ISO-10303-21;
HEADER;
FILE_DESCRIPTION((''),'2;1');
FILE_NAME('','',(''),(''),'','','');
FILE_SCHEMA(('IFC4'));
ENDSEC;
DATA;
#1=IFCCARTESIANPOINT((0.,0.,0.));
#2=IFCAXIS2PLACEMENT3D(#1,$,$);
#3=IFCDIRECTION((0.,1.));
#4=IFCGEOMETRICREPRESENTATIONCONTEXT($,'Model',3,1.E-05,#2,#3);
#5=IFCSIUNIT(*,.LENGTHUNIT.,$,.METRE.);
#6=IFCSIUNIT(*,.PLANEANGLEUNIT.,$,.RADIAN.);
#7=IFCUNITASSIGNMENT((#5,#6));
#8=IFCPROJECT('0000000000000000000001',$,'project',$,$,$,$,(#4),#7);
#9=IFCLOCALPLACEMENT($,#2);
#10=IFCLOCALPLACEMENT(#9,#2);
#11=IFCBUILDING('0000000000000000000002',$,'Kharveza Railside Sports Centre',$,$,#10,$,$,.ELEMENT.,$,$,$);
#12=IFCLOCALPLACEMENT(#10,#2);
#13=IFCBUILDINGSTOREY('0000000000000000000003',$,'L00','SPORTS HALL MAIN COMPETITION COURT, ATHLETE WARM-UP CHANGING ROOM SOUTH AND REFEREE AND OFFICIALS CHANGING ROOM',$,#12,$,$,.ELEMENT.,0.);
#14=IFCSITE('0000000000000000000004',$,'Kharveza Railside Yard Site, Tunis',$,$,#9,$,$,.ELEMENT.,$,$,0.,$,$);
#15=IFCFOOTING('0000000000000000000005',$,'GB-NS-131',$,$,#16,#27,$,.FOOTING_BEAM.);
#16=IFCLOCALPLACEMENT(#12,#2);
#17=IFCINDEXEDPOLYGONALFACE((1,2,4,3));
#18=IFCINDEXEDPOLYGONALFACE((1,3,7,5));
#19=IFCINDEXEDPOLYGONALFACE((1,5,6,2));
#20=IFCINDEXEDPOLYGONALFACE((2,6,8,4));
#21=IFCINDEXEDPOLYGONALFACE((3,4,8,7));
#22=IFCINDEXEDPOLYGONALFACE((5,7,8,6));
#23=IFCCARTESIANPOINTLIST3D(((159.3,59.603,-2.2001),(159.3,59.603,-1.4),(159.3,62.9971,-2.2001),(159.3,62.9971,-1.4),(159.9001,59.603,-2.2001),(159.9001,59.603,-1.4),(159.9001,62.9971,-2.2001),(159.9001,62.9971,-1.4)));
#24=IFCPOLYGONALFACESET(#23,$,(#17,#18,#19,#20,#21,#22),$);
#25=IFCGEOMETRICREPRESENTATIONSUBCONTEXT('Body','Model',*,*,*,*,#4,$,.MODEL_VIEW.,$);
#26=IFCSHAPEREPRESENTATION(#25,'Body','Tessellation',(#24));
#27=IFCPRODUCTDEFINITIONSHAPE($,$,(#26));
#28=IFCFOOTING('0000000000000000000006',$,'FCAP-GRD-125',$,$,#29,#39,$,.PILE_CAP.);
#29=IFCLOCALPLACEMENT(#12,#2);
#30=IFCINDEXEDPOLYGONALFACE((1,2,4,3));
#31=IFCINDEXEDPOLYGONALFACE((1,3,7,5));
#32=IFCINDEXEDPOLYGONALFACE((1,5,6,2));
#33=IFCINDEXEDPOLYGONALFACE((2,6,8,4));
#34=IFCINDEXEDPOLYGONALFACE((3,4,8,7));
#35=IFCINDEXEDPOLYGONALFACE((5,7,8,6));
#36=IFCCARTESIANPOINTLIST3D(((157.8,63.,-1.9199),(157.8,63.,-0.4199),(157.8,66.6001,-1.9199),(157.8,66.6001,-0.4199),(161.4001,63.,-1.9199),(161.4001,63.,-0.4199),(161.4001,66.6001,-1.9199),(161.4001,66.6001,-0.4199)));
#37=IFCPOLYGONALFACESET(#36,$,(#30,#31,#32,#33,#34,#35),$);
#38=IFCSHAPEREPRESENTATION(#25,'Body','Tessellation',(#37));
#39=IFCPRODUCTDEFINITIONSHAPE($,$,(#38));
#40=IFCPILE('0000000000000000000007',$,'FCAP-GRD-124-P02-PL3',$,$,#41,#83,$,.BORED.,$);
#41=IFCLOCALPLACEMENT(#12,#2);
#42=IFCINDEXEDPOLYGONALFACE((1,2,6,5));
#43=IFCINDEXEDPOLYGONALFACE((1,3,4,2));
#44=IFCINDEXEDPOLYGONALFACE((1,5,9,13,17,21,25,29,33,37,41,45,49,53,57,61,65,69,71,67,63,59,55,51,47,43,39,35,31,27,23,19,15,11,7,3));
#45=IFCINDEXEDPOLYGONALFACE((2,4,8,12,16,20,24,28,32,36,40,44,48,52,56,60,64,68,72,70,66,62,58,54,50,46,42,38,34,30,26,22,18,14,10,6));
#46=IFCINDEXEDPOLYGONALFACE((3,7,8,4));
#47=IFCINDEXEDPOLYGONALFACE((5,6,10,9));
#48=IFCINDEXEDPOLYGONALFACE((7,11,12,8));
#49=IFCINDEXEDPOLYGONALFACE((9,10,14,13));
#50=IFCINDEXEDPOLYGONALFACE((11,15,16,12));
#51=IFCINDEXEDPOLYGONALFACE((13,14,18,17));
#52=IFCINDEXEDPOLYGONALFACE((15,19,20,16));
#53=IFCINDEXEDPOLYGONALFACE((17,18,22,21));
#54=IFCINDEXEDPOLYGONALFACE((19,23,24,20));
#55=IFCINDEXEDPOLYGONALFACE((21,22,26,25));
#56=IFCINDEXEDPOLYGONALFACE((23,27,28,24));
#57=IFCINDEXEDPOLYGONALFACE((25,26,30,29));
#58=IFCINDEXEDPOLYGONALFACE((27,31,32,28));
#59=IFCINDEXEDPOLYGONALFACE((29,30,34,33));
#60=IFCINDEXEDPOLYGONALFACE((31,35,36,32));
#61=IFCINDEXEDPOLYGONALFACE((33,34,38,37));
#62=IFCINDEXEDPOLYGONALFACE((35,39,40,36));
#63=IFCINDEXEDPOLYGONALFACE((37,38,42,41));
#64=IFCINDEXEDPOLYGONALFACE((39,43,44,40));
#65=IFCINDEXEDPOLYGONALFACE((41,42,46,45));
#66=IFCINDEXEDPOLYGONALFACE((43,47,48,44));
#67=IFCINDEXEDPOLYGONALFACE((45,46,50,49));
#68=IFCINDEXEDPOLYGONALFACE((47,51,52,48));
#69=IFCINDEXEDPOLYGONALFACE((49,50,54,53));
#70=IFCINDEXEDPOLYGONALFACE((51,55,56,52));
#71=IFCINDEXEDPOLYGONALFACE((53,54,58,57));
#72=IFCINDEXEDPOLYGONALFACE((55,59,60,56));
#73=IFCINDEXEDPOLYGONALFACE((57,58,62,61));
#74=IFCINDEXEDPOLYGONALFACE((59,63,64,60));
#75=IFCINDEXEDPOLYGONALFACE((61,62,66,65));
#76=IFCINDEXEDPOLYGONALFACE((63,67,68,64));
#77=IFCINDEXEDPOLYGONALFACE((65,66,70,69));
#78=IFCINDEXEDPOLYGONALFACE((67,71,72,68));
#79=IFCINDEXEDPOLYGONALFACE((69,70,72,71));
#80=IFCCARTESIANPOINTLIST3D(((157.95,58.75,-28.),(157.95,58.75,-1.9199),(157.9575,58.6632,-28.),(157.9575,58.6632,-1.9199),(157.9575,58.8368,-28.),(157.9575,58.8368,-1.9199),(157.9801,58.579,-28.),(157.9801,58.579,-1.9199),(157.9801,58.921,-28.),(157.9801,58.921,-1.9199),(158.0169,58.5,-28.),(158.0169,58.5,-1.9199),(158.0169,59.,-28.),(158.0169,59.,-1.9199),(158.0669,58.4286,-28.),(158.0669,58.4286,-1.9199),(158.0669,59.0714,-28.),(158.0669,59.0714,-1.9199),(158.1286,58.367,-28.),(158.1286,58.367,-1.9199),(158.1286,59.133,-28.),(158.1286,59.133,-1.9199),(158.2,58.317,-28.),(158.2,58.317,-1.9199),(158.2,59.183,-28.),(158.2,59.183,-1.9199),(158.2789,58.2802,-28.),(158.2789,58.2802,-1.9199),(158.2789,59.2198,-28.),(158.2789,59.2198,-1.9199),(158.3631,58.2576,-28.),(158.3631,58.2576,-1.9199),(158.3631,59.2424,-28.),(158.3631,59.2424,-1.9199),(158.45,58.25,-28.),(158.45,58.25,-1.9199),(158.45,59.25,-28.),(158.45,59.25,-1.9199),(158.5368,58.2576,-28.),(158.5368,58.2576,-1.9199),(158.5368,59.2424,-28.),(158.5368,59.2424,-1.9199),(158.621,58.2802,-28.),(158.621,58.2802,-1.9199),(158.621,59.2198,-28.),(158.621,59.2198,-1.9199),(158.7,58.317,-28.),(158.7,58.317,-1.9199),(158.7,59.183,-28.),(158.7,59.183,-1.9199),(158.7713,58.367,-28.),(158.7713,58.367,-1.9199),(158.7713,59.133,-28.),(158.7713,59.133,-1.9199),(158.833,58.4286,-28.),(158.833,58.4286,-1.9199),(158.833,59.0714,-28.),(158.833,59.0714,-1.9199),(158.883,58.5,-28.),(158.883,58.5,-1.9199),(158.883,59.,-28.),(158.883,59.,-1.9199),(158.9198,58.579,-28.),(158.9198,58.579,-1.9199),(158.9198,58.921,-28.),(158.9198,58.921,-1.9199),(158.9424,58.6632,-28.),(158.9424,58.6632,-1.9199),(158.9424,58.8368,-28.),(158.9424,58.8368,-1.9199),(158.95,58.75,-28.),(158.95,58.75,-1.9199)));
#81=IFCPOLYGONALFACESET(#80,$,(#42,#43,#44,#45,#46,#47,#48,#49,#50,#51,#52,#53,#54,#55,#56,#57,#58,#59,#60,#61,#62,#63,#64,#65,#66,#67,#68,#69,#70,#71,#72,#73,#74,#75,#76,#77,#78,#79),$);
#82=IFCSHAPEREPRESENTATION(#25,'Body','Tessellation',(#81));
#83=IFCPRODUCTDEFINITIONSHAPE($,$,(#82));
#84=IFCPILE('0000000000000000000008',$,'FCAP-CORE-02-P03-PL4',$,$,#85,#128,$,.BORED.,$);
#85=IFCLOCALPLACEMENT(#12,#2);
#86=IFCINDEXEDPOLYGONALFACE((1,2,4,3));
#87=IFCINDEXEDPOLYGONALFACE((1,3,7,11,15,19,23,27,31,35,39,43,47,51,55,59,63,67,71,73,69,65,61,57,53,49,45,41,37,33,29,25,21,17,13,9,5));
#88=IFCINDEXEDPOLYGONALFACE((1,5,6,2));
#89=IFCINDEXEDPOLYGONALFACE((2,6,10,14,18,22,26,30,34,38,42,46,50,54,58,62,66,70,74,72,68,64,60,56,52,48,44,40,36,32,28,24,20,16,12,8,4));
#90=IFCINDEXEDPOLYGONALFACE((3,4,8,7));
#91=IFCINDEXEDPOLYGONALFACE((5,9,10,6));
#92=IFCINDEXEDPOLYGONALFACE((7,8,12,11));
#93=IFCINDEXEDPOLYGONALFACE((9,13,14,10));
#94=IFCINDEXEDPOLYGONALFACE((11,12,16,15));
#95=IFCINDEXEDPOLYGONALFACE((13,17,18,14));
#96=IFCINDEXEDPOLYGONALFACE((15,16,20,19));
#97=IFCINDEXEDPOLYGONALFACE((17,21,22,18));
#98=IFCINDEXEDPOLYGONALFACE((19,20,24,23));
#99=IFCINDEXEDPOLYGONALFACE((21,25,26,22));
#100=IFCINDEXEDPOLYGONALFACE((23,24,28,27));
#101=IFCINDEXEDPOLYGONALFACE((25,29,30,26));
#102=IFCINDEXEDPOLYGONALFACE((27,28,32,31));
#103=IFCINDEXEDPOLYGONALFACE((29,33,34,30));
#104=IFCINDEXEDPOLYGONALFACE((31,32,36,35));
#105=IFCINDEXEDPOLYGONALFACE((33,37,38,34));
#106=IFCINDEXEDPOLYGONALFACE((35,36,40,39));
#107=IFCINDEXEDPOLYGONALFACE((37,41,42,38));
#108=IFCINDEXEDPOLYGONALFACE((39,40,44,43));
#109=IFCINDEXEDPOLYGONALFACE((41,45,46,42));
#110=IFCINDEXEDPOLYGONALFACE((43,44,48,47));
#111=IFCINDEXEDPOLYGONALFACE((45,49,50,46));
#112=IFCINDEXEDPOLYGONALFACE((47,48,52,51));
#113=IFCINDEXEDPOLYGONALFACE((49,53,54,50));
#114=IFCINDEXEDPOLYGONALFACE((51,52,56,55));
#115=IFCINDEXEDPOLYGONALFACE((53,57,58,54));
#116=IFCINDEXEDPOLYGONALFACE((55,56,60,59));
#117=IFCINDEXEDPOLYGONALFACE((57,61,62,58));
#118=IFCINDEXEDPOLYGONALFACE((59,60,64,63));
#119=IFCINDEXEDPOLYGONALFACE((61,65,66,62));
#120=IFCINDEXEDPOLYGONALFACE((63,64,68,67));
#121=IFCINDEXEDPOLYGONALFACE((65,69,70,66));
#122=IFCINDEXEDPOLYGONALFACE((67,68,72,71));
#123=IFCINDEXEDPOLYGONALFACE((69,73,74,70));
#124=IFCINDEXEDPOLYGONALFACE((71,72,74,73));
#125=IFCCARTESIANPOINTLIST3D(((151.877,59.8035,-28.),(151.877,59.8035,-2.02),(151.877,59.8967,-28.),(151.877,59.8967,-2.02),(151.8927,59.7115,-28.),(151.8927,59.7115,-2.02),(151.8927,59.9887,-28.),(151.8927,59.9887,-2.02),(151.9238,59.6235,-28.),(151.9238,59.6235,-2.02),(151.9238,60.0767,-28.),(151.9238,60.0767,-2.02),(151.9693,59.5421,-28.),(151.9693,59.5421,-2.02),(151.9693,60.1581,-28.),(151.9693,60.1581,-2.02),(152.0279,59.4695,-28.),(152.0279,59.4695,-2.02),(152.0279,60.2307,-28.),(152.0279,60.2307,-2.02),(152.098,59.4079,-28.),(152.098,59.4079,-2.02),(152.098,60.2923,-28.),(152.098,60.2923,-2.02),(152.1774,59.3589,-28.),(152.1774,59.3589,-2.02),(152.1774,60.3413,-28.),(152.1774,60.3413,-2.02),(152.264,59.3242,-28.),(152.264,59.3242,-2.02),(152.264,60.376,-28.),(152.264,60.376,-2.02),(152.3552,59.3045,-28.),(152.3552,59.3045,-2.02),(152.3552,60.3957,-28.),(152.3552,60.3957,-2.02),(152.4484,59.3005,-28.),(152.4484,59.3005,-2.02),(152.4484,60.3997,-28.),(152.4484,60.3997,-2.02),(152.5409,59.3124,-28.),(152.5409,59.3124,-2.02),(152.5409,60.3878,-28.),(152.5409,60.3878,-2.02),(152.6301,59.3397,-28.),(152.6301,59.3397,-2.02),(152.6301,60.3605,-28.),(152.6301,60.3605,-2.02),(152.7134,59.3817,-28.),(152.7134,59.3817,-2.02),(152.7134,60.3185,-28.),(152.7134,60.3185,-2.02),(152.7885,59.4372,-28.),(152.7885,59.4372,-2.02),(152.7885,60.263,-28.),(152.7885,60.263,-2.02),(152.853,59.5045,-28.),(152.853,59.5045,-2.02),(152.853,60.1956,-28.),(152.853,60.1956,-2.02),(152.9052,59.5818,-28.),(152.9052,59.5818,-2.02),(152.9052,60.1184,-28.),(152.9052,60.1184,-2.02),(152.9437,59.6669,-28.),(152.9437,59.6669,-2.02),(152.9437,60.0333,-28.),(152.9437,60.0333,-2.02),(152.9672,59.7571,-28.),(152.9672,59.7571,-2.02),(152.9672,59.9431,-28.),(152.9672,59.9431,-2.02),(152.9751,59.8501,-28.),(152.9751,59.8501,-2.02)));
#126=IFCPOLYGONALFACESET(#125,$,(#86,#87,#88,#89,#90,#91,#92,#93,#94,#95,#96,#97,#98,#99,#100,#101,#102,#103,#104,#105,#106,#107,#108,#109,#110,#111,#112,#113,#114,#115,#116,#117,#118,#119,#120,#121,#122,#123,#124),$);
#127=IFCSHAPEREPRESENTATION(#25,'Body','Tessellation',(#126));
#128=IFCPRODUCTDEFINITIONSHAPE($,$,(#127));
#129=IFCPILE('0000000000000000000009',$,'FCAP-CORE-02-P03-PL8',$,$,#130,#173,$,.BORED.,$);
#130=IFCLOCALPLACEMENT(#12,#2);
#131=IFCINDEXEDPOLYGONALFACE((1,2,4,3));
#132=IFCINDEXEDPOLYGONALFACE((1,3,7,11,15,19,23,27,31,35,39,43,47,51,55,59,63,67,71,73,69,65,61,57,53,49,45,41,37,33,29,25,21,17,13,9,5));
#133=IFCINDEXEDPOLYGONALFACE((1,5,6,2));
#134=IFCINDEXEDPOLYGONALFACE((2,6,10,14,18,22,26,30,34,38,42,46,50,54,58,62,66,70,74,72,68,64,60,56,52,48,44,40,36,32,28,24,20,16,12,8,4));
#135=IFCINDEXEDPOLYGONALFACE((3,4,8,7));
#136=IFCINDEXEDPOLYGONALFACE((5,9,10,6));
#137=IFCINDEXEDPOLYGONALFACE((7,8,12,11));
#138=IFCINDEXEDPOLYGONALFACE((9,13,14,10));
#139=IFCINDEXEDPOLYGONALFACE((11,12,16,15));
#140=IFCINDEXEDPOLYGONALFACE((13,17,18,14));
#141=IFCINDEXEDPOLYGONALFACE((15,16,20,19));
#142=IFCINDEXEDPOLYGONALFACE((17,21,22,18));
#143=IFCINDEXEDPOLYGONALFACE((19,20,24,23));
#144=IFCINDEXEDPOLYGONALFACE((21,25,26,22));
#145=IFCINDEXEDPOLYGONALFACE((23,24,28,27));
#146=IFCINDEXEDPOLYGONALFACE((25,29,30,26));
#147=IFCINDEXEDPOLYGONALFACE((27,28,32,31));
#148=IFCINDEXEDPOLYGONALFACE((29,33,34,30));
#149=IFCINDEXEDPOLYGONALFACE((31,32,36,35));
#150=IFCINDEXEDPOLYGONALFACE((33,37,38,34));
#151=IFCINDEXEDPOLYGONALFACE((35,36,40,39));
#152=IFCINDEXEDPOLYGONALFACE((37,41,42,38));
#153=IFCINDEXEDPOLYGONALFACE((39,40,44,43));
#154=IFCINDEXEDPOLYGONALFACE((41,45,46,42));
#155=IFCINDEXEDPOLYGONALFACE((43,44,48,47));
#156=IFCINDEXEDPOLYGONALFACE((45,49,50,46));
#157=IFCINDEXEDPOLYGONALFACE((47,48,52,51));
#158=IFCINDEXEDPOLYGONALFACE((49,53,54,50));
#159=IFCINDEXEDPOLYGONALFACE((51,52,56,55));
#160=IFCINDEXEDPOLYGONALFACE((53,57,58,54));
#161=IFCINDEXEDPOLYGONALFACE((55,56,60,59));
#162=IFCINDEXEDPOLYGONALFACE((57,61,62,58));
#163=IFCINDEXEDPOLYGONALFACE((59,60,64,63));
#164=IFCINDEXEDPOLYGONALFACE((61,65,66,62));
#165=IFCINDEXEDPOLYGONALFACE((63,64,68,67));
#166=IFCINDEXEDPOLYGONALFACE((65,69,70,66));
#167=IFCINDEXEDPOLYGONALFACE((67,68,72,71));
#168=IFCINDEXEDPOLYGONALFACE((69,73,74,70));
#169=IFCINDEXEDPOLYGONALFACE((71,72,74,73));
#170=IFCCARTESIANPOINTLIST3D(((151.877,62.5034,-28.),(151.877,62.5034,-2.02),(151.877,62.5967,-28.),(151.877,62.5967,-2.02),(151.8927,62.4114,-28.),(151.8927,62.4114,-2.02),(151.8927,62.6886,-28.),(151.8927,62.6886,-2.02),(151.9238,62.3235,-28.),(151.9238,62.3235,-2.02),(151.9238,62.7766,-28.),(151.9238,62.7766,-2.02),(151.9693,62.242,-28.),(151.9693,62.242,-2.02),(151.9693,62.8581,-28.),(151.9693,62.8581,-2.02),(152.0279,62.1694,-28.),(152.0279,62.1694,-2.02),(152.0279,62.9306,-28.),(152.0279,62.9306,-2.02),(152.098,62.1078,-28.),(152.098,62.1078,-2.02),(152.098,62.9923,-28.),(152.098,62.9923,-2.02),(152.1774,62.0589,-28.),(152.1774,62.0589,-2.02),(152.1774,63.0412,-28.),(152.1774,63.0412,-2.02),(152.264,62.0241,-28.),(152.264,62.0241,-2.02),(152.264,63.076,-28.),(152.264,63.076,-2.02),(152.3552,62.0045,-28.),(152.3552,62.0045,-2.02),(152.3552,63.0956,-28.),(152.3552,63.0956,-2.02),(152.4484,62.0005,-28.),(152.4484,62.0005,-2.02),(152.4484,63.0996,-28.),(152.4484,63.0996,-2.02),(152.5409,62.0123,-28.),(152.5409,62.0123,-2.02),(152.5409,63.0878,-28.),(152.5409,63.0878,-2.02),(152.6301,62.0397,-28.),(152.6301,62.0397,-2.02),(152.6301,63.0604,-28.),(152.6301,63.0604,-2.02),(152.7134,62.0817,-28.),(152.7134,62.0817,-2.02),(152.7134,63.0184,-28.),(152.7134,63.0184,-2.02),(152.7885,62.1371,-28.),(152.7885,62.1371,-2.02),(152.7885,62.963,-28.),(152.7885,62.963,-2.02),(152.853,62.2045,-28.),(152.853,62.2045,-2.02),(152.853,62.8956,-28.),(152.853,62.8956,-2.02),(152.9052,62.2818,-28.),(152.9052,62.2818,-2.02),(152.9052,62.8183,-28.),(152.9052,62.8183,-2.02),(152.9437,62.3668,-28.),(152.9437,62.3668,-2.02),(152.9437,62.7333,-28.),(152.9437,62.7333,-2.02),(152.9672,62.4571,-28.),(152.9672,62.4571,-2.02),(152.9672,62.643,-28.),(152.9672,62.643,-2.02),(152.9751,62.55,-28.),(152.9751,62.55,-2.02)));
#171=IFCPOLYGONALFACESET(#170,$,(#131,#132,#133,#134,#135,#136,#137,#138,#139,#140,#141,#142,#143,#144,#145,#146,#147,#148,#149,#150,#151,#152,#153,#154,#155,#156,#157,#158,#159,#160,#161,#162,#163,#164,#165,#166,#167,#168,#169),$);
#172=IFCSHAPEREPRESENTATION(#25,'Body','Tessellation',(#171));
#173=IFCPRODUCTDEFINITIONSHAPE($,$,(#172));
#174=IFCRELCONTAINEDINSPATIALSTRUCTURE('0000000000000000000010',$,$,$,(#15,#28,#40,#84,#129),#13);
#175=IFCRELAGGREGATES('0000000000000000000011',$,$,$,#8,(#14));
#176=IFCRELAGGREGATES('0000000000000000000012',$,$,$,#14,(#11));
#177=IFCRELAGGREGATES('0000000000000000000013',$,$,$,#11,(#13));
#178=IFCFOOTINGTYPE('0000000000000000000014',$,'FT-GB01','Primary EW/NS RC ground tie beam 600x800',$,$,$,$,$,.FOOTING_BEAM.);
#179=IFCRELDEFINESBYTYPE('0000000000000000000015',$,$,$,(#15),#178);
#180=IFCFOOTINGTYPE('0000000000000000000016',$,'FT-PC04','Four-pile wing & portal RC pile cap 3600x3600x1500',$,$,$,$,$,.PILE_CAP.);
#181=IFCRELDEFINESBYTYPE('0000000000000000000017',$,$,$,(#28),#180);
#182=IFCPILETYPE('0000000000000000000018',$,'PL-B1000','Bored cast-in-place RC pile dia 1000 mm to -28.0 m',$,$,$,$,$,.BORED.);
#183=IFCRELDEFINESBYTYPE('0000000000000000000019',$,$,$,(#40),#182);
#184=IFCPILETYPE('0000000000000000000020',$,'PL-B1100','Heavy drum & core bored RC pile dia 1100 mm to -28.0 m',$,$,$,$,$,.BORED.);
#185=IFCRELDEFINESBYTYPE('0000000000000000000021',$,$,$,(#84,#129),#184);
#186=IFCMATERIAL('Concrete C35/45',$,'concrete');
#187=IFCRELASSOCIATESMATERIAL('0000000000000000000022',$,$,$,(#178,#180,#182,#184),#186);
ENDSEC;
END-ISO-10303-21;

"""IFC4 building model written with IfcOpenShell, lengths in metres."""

from ifc_helpers import new_model, si_unit, direction, frame, origin, origin_2d, place, context, subcontext, project, spatial, rectangle, circle, extrude, material, material_profile, profile_set, type_object, element, save


model = new_model("IFC4")

# Units and contexts
model_context = context("Model", 3, precision=1e-05, world=origin(), true_north=direction((0.0, 1.0)))
body_context = subcontext(model_context, "Body", "Model", "MODEL_VIEW")
ifc_project = project(units=[si_unit("LENGTHUNIT", "METRE"), si_unit("PLANEANGLEUNIT", "RADIAN")], contexts=[model_context])

# Site, building, storey
site_placement = place(None, origin())
site = spatial("IfcSite", under=ifc_project, at=site_placement, Name="Kharveza Railside Yard Site, Tunis", CompositionType="ELEMENT", RefElevation=0.0)
building_placement = place(site_placement, origin())
building = spatial("IfcBuilding", under=site, at=building_placement, Name="Kharveza Railside Sports Centre", CompositionType="ELEMENT")
storey_placement = place(building_placement, origin())
storey = spatial("IfcBuildingStorey", under=building, at=storey_placement, Name="L00", Description="SPORTS HALL MAIN COMPETITION COURT, ATHLETE WARM-UP CHANGING ROOM SOUTH AND REFEREE AND OFFICIALS CHANGING ROOM", CompositionType="ELEMENT", Elevation=0.0)

# Footings
ifc_material_1 = material(Name="Concrete C35/45", Category="concrete")
ifc_material_profile_1 = material_profile(ifc_material_1, rectangle(XDim=0.6001, YDim=0.8, at=origin_2d()), Name="GB 600x800")
ifc_profile_set_1 = profile_set([ifc_material_profile_1], Name="Concrete C35/45")
footing_type_1 = type_object("IfcFootingType", Name="FT-GB01", Description="Primary EW/NS RC ground tie beam 600x800", PredefinedType="FOOTING_BEAM", material=ifc_profile_set_1)
footing_1_placement = place(storey_placement, frame((159.6001, 59.603, -1.8), z_axis=(0.0, 1.0, 0.0), x_axis=(-1.0, 0.0, 0.0)))
element("IfcFooting", 1, at=footing_1_placement, inside=storey, type_object=footing_type_1, Name="GB-NS-131", PredefinedType="FOOTING_BEAM", context=body_context, shape_type="SweptSolid", body=[
    extrude(rectangle(XDim=0.6001, YDim=0.8, at=origin_2d()), origin(), (0.0, 0.0, 1.0), 3.394),
])
footing_type_2 = type_object("IfcFootingType", Name="FT-PC04", Description="Four-pile wing & portal RC pile cap 3600x3600x1500", PredefinedType="PILE_CAP", material=ifc_material_1)
footing_2_placement = place(storey_placement, frame((159.6001, 64.8, -1.9199), z_axis=(0.0, 0.0, 1.0), x_axis=(1.0, 0.0, 0.0)))
element("IfcFooting", 2, at=footing_2_placement, inside=storey, type_object=footing_type_2, Name="FCAP-GRD-125", PredefinedType="PILE_CAP", context=body_context, shape_type="SweptSolid", body=[
    extrude(rectangle(XDim=3.6001, YDim=3.6001, at=origin_2d()), origin(), (0.0, 0.0, 1.0), 1.5),
])

# Piles
ifc_material_profile_2 = material_profile(ifc_material_1, circle(Radius=0.5, at=origin_2d()), Name="PILE D1000")
ifc_profile_set_2 = profile_set([ifc_material_profile_2], Name="Concrete C35/45")
pile_type_1 = type_object("IfcPileType", Name="PL-B1000", Description="Bored cast-in-place RC pile dia 1000 mm to -28.0 m", PredefinedType="BORED", material=ifc_profile_set_2)
pile_1_placement = place(storey_placement, frame((158.45, 58.75, -1.9199), z_axis=(0.0, 0.0, -1.0), x_axis=(1.0, 0.0, 0.0)))
element("IfcPile", 3, at=pile_1_placement, inside=storey, type_object=pile_type_1, Name="FCAP-GRD-124-P02-PL3", PredefinedType="BORED", context=body_context, shape_type="SweptSolid", body=[
    extrude(circle(Radius=0.5, at=origin_2d()), origin(), (0.0, 0.0, 1.0), 26.0801),
])
ifc_material_profile_3 = material_profile(ifc_material_1, circle(Radius=0.55, at=origin_2d()), Name="PILE D1100")
ifc_profile_set_3 = profile_set([ifc_material_profile_3], Name="Concrete C35/45")
pile_type_2 = type_object("IfcPileType", Name="PL-B1100", Description="Heavy drum & core bored RC pile dia 1100 mm to -28.0 m", PredefinedType="BORED", material=ifc_profile_set_3)
for number, where, z_axis, x_axis, name in (
    (4, (152.425, 59.8501, -2.02), (0.0, 0.0, -1.0), (1.0, 0.0, 0.0), "FCAP-CORE-02-P03-PL4"),
    (5, (152.425, 62.55, -2.02), (0.0, 0.0, -1.0), (1.0, 0.0, 0.0), "FCAP-CORE-02-P03-PL8"),
):
    element("IfcPile", number, at=place(storey_placement, frame(where, z_axis=z_axis, x_axis=x_axis)), inside=storey, type_object=pile_type_2, Name=name, PredefinedType="BORED", context=body_context, shape_type="SweptSolid", body=[
        extrude(circle(Radius=0.55, at=origin_2d()), origin(), (0.0, 0.0, 1.0), 25.98),
    ])

save(model, "model.ifc")
